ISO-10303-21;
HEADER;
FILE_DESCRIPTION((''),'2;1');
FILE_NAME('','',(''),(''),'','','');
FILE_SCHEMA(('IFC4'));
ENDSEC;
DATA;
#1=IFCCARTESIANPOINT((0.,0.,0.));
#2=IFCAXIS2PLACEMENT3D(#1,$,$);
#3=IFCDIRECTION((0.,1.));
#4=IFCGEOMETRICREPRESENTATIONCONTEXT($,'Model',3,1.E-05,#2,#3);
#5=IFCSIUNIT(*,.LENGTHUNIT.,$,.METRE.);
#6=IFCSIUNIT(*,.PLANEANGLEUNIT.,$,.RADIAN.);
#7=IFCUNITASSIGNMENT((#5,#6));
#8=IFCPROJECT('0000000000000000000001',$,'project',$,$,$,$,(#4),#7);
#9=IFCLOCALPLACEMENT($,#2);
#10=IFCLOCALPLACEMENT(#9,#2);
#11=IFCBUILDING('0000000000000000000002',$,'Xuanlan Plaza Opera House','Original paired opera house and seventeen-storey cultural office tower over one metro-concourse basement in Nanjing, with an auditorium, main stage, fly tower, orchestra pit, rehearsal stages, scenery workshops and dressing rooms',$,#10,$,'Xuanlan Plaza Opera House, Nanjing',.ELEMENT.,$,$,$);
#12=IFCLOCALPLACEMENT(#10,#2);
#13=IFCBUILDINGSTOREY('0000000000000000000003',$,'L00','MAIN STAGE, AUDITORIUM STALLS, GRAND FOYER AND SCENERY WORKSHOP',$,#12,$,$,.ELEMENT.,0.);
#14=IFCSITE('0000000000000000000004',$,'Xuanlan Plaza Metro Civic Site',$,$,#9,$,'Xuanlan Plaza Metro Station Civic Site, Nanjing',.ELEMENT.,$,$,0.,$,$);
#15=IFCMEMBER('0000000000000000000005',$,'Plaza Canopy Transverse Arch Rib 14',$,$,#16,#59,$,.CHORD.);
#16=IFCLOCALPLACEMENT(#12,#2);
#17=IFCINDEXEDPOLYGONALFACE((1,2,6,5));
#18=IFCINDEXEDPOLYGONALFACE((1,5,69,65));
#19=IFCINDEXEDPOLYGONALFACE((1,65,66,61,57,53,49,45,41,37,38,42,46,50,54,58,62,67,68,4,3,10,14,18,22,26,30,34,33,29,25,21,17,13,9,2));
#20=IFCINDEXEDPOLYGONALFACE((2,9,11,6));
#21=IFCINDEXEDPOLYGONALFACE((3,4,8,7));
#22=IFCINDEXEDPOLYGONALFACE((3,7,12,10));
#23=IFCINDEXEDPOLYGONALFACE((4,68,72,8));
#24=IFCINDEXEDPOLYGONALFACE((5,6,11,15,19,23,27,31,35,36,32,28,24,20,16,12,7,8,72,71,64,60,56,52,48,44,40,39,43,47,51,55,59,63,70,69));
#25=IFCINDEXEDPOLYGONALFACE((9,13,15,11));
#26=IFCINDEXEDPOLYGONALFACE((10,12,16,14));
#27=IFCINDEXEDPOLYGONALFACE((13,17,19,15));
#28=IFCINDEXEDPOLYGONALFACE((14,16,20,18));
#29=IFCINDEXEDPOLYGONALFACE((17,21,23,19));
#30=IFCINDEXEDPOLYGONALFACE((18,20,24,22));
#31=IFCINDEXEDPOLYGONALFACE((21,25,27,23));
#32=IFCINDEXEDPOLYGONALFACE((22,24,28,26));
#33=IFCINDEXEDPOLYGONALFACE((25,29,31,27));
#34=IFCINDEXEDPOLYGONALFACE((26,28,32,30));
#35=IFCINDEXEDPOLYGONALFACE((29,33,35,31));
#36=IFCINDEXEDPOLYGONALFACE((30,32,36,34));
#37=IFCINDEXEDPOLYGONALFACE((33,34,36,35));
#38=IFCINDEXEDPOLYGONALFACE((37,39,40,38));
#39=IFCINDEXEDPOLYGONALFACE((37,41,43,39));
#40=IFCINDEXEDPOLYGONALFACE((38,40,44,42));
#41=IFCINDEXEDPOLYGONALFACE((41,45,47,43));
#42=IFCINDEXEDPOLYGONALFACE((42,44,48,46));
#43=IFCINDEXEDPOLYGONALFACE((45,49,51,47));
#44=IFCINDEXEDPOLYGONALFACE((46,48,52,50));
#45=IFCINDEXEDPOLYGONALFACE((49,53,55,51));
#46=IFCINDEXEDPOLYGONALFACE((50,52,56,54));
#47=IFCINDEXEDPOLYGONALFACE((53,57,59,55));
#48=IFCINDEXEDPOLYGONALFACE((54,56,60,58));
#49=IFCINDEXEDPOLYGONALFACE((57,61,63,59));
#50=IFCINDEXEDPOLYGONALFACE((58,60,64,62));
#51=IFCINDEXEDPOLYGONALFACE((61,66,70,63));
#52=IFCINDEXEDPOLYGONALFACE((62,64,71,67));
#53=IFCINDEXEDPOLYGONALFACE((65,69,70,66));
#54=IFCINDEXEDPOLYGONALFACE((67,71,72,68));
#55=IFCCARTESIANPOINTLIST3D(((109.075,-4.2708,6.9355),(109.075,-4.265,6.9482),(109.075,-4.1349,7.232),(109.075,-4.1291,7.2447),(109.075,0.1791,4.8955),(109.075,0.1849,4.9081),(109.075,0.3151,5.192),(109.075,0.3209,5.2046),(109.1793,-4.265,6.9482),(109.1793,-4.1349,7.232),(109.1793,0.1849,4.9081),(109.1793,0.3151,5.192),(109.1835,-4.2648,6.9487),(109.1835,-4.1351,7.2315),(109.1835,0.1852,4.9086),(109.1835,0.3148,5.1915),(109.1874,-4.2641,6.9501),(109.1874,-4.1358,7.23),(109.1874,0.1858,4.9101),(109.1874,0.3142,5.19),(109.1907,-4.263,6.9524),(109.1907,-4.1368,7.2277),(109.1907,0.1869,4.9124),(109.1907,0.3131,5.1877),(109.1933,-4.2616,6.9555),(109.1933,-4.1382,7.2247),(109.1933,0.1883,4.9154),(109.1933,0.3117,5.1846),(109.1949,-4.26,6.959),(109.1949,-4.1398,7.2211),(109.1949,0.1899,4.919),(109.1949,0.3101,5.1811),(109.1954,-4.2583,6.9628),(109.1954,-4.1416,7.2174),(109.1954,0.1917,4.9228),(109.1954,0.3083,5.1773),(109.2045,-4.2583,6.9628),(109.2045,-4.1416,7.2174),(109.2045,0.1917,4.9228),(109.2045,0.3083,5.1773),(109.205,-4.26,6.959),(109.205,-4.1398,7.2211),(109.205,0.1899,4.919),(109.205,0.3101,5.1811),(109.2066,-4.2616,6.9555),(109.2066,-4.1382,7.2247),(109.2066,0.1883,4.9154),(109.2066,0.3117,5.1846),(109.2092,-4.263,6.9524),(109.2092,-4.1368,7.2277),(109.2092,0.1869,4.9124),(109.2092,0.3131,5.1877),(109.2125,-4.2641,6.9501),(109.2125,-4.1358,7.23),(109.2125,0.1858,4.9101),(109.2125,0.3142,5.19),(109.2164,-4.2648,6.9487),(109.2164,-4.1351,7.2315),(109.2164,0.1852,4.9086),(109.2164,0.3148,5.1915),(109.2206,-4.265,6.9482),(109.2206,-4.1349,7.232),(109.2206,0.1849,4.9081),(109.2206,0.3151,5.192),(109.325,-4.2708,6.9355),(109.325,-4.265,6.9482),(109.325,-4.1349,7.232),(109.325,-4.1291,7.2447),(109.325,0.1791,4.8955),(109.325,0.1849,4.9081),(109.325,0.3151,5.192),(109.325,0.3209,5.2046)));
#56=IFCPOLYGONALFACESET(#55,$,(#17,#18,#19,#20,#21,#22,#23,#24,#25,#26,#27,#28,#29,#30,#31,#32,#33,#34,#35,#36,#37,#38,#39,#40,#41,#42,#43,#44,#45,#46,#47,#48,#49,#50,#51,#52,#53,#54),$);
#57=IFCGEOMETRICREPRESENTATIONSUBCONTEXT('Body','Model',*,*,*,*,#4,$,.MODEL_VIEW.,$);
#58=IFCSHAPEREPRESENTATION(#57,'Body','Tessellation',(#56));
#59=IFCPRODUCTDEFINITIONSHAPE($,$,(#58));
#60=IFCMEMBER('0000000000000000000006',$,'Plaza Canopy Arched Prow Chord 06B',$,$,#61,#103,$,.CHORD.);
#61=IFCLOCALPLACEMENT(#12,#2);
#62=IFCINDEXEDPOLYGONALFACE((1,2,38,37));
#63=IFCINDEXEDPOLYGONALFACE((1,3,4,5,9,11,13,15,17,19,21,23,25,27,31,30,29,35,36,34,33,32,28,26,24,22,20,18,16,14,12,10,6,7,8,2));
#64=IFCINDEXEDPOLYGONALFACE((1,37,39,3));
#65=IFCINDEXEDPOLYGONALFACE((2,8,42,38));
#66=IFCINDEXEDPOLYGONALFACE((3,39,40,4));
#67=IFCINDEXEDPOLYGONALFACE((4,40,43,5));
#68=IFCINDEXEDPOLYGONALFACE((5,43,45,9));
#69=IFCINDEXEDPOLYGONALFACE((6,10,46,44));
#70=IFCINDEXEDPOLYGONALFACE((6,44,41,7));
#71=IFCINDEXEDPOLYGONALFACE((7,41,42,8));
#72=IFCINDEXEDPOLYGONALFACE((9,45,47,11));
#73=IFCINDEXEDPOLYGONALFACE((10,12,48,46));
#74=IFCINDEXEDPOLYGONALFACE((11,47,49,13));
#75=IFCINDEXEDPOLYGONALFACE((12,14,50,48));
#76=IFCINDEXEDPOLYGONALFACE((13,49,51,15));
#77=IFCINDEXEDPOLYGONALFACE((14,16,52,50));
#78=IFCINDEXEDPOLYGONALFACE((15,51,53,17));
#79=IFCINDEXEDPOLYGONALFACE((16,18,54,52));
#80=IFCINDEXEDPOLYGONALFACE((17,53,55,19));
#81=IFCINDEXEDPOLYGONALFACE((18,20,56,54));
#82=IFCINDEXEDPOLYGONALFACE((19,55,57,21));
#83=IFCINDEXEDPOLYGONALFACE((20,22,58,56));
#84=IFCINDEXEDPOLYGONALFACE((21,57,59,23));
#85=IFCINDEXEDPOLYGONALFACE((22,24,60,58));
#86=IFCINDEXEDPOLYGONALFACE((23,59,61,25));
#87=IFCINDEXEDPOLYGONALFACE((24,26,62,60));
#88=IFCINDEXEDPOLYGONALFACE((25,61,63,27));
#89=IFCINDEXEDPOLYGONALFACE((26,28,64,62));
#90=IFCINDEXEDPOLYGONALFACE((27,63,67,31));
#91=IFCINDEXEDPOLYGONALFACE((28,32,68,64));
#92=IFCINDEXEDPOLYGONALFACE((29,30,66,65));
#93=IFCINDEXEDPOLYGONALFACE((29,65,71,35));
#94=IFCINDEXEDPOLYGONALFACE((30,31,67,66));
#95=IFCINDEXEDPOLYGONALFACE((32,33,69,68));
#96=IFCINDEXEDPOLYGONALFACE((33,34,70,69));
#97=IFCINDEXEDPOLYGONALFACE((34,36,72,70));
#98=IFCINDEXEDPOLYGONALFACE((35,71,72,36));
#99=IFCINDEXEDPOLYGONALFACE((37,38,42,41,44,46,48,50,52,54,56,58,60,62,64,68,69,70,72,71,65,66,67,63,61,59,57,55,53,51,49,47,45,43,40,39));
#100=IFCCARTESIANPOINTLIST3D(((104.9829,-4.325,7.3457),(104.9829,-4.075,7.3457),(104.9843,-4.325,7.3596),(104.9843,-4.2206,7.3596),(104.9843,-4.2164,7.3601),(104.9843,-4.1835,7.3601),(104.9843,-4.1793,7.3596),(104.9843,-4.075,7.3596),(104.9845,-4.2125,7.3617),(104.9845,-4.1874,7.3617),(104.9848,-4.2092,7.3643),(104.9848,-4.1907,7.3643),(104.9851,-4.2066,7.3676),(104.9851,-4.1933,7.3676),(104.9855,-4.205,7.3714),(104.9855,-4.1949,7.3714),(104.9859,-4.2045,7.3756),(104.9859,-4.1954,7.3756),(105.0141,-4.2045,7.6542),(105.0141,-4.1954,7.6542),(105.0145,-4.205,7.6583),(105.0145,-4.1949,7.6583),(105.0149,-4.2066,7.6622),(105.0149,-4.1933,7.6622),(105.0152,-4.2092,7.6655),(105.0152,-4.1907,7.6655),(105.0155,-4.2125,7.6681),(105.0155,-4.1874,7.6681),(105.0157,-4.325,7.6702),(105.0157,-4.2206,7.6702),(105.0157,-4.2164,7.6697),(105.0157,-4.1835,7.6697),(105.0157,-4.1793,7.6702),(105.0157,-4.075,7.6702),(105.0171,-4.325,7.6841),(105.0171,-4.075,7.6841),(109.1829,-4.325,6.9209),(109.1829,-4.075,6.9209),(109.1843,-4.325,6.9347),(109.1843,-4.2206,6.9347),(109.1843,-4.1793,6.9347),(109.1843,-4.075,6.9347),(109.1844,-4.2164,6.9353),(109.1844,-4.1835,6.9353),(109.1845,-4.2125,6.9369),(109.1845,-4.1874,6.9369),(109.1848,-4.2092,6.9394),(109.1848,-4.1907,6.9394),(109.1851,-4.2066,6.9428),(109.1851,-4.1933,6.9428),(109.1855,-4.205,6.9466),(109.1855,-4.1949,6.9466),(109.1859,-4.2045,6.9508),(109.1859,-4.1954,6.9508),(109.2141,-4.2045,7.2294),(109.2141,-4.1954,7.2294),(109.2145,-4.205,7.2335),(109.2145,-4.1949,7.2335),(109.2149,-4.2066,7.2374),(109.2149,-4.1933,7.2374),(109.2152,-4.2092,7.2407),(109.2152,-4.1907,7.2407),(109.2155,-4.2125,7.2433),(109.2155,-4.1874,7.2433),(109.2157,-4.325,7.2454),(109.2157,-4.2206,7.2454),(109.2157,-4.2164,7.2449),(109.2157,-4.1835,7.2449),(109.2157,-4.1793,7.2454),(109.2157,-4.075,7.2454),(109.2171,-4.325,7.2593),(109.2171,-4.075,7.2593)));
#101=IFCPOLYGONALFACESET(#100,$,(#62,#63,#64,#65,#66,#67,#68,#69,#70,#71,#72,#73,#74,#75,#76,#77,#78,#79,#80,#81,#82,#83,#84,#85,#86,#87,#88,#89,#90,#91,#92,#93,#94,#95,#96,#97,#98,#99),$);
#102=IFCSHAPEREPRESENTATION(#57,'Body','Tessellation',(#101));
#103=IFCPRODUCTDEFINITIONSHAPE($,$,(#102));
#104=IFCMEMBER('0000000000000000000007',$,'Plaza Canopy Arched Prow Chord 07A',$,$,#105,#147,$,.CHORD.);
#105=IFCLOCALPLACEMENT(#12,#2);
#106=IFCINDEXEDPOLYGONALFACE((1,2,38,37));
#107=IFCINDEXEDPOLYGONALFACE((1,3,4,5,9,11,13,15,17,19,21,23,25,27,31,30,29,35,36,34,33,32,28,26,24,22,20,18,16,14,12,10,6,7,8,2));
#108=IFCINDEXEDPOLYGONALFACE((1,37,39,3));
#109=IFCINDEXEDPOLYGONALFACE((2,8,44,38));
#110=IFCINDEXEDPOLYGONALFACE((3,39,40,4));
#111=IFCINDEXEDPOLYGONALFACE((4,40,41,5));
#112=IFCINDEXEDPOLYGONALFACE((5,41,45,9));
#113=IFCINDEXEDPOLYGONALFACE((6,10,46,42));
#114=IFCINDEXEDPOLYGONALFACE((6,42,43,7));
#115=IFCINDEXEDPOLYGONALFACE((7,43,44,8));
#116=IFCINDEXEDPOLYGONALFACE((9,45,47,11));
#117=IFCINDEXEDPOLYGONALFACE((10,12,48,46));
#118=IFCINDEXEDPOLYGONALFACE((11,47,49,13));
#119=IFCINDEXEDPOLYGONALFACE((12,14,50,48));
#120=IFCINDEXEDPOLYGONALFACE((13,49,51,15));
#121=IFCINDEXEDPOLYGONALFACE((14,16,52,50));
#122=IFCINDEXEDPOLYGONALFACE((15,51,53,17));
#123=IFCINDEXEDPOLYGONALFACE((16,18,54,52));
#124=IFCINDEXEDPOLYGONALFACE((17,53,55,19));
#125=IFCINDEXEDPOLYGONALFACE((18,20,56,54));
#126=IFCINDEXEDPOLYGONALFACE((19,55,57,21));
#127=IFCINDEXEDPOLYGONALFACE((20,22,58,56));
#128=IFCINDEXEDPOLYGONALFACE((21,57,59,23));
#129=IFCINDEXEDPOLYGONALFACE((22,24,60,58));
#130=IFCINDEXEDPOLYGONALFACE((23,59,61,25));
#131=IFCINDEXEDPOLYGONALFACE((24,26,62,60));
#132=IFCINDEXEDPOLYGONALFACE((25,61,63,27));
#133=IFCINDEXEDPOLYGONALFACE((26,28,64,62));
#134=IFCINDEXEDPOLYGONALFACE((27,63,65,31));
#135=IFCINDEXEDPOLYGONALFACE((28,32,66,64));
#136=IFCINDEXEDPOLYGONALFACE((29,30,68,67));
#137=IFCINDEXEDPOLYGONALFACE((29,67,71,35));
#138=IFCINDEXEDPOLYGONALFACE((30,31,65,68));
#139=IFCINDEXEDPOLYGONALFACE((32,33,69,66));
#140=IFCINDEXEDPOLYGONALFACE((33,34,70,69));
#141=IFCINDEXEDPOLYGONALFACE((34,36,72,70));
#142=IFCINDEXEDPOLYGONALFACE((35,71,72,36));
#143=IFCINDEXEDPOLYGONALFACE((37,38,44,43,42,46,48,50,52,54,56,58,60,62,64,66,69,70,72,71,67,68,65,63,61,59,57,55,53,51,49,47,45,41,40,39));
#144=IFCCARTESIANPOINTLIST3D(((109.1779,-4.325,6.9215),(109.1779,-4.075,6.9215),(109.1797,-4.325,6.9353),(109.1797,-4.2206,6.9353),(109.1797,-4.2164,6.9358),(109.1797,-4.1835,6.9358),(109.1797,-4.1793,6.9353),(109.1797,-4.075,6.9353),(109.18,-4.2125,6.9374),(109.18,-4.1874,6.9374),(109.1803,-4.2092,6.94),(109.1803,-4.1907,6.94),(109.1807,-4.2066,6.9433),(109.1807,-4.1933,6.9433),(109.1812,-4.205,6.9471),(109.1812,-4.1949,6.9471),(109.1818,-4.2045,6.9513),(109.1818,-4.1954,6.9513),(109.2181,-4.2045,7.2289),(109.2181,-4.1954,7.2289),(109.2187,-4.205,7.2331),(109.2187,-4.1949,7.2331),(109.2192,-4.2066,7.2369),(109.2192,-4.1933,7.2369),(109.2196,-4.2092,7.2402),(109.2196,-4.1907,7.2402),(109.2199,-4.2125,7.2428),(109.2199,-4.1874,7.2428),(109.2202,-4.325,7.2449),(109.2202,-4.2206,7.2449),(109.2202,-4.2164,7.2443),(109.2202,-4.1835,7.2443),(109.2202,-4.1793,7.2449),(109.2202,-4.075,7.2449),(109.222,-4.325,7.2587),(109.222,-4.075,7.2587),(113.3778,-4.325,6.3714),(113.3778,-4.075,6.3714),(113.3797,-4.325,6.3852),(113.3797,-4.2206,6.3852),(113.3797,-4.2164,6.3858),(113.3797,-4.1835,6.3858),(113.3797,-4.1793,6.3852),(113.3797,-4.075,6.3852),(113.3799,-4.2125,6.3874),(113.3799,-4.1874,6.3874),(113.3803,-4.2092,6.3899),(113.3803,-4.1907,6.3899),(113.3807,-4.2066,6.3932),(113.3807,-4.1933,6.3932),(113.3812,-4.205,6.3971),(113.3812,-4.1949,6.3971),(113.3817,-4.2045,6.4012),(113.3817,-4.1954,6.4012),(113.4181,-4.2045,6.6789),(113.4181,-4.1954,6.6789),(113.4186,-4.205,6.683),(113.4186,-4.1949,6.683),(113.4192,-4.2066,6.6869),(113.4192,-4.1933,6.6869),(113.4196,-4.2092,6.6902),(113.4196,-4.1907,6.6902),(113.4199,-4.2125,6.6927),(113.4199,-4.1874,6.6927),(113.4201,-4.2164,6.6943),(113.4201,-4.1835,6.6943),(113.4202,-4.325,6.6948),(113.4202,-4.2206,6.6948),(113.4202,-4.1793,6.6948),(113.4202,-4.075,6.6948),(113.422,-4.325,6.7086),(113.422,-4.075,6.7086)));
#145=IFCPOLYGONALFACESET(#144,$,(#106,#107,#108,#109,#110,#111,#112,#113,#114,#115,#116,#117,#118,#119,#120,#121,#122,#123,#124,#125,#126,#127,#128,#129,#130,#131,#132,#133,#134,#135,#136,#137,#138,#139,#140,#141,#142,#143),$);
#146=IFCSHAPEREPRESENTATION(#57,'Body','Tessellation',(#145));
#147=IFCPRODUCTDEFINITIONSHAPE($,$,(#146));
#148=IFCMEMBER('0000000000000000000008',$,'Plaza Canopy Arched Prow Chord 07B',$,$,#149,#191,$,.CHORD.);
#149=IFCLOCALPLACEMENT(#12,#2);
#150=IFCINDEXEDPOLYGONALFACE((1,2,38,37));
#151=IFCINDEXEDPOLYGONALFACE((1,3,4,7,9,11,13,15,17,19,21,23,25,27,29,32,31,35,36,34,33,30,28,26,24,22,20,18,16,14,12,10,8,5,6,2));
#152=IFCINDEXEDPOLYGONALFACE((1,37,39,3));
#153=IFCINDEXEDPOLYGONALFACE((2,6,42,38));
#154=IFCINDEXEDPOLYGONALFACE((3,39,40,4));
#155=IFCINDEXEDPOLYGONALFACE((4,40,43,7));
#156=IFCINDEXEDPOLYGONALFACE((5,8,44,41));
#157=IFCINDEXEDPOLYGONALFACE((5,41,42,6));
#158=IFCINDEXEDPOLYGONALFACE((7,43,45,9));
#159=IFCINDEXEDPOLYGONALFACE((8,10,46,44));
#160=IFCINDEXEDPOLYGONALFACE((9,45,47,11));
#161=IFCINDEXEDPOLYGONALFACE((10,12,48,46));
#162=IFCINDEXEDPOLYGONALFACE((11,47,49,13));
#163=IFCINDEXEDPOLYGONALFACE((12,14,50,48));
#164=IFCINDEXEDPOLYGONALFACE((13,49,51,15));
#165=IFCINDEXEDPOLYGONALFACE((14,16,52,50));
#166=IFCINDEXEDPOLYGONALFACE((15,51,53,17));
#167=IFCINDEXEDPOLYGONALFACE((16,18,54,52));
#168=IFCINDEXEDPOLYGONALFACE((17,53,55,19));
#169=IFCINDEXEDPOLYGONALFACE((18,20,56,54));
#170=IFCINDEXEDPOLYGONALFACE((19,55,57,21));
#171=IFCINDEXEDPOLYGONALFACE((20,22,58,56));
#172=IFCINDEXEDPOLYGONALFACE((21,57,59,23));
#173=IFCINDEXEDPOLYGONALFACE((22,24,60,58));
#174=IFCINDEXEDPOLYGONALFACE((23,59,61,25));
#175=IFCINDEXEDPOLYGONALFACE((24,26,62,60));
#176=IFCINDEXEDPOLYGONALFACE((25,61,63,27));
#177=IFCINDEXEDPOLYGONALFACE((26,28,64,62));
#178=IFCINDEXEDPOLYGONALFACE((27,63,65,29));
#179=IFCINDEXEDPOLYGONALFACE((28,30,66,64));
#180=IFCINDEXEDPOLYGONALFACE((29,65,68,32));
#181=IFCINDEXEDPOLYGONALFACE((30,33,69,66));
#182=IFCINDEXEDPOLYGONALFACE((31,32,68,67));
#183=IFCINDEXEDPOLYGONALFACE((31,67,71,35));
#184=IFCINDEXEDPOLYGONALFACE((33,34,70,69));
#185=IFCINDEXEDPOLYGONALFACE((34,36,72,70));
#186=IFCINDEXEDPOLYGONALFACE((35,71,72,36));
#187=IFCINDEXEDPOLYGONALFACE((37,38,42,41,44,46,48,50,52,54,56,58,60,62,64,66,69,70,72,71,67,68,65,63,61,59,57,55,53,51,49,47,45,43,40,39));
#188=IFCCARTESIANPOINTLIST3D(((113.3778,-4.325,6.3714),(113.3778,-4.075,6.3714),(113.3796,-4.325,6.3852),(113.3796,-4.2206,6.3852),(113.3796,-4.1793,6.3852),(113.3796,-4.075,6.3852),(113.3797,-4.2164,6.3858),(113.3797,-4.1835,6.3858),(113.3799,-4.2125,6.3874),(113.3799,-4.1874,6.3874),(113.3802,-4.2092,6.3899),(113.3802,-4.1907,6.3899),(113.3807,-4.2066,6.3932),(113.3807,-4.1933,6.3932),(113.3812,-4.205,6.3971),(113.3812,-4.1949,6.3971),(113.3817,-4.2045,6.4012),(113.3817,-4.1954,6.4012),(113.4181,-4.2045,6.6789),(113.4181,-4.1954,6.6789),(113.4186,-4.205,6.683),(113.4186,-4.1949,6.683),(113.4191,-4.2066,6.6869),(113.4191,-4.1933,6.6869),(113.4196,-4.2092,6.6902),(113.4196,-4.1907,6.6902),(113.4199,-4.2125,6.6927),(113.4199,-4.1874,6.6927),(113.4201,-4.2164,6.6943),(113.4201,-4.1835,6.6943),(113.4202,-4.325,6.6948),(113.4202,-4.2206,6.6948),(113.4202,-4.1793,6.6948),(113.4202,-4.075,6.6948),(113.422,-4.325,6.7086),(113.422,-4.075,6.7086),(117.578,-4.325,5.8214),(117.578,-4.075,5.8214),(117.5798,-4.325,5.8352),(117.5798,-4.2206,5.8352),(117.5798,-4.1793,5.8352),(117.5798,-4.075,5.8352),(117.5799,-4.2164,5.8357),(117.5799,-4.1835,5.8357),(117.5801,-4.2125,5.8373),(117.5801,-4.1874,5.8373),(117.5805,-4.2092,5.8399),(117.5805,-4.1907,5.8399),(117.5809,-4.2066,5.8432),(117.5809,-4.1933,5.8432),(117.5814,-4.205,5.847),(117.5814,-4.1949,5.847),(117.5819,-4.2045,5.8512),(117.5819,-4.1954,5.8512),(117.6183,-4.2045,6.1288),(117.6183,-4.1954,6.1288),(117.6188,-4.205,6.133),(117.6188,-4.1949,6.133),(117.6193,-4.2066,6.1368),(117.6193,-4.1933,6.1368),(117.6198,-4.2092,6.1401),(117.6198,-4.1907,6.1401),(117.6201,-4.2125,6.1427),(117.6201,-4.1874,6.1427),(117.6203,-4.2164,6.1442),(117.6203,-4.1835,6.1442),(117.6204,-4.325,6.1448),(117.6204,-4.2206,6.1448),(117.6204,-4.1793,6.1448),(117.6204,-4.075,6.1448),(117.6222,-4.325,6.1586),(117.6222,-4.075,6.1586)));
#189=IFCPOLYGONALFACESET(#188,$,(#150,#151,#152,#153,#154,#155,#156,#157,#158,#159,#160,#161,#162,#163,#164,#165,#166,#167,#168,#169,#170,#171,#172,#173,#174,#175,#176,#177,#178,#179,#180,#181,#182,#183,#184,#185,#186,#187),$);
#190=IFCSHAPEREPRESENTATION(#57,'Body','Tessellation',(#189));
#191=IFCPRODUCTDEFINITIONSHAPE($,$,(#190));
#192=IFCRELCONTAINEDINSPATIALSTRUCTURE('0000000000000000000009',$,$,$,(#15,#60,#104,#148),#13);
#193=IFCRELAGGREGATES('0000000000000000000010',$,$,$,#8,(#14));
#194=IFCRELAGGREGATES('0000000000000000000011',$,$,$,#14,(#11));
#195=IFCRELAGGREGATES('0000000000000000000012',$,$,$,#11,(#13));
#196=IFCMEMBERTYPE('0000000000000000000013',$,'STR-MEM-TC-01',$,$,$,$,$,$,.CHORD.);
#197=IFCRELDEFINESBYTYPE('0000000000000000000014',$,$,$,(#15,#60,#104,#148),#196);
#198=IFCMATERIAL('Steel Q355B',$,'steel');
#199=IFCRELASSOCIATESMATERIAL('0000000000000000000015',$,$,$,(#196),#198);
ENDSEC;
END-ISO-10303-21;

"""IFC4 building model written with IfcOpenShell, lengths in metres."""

from ifc_helpers import new_model, si_unit, direction, frame, origin, origin_2d, place, context, subcontext, project, spatial, i_section, extrude, material, material_profile, profile_set, type_object, element, save


model = new_model("IFC4")

# Units and contexts
model_context = context("Model", 3, precision=1e-05, world=origin(), true_north=direction((0.0, 1.0)))
body_context = subcontext(model_context, "Body", "Model", "MODEL_VIEW")
ifc_project = project(units=[si_unit("LENGTHUNIT", "METRE"), si_unit("PLANEANGLEUNIT", "RADIAN")], contexts=[model_context])

# Site, building, storey
site_placement = place(None, origin())
site = spatial("IfcSite", under=ifc_project, at=site_placement, Name="Xuanlan Plaza Metro Civic Site", LongName="Xuanlan Plaza Metro Station Civic Site, Nanjing", CompositionType="ELEMENT", RefElevation=0.0)
building_placement = place(site_placement, origin())
building = spatial("IfcBuilding", under=site, at=building_placement, Name="Xuanlan Plaza Opera House", Description="Original paired opera house and seventeen-storey cultural office tower over one metro-concourse basement in Nanjing, with an auditorium, main stage, fly tower, orchestra pit, rehearsal stages, scenery workshops and dressing rooms", LongName="Xuanlan Plaza Opera House, Nanjing", CompositionType="ELEMENT")
storey_placement = place(building_placement, origin())
storey = spatial("IfcBuildingStorey", under=building, at=storey_placement, Name="L00", Description="MAIN STAGE, AUDITORIUM STALLS, GRAND FOYER AND SCENERY WORKSHOP", CompositionType="ELEMENT", Elevation=0.0)

# Shared definitions
ifc_material_1 = material(Name="Steel Q355B", Category="steel")

# Members
ifc_material_profile_1 = material_profile(ifc_material_1, i_section(OverallWidth=0.25, OverallDepth=0.3401, WebThickness=0.009, FlangeThickness=0.0139, FilletRadius=0.0161, at=origin_2d()), Name="HM 340x250x9x14")
ifc_profile_set_1 = profile_set([ifc_material_profile_1], Name="Steel Q355B")
member_type_1 = type_object("IfcMemberType", Name="STR-MEM-TC-01", PredefinedType="CHORD", material=ifc_profile_set_1)
member_1_placement = place(storey_placement, frame((109.2, 0.25, 5.05), z_axis=(0.0, -0.909028, 0.416735), x_axis=(1.0, 0.0, 0.0)))
element("IfcMember", 1, at=member_1_placement, inside=storey, type_object=member_type_1, Name="Plaza Canopy Transverse Arch Rib 14", PredefinedType="CHORD", context=body_context, shape_type="SweptSolid", body=[
    extrude(i_section(OverallWidth=0.25, OverallDepth=0.3401, WebThickness=0.009, FlangeThickness=0.0139, FilletRadius=0.0161, at=origin_2d()), origin(), (0.0, 0.0, 1.0), 4.8953),
])
member_2_placement = place(storey_placement, frame((105.0, -4.2, 7.5149), z_axis=(0.994924, 0.0, -0.100632), x_axis=(0.0, 1.0, 0.0)))
element("IfcMember", 2, at=member_2_placement, inside=storey, type_object=member_type_1, Name="Plaza Canopy Arched Prow Chord 06B", PredefinedType="CHORD", context=body_context, shape_type="SweptSolid", body=[
    extrude(i_section(OverallWidth=0.25, OverallDepth=0.3401, WebThickness=0.009, FlangeThickness=0.0139, FilletRadius=0.0161, at=origin_2d()), origin(), (0.0, 0.0, 1.0), 4.2214),
])
member_3_placement = place(storey_placement, frame((109.2, -4.2, 7.0901), z_axis=(0.991533, 0.0, -0.129857), x_axis=(0.0, 1.0, 0.0)))
element("IfcMember", 3, at=member_3_placement, inside=storey, type_object=member_type_1, Name="Plaza Canopy Arched Prow Chord 07A", PredefinedType="CHORD", context=body_context, shape_type="SweptSolid", body=[
    extrude(i_section(OverallWidth=0.25, OverallDepth=0.3401, WebThickness=0.009, FlangeThickness=0.0139, FilletRadius=0.0161, at=origin_2d()), origin(), (0.0, 0.0, 1.0), 4.2358),
])
member_4_placement = place(storey_placement, frame((113.3999, -4.2, 6.54), z_axis=(0.991534, 0.0, -0.129849), x_axis=(0.0, 1.0, 0.0)))
element("IfcMember", 4, at=member_4_placement, inside=storey, type_object=member_type_1, Name="Plaza Canopy Arched Prow Chord 07B", PredefinedType="CHORD", context=body_context, shape_type="SweptSolid", body=[
    extrude(i_section(OverallWidth=0.25, OverallDepth=0.3401, WebThickness=0.009, FlangeThickness=0.0139, FilletRadius=0.0161, at=origin_2d()), origin(), (0.0, 0.0, 1.0), 4.2361),
])

save(model, "model.ifc")
